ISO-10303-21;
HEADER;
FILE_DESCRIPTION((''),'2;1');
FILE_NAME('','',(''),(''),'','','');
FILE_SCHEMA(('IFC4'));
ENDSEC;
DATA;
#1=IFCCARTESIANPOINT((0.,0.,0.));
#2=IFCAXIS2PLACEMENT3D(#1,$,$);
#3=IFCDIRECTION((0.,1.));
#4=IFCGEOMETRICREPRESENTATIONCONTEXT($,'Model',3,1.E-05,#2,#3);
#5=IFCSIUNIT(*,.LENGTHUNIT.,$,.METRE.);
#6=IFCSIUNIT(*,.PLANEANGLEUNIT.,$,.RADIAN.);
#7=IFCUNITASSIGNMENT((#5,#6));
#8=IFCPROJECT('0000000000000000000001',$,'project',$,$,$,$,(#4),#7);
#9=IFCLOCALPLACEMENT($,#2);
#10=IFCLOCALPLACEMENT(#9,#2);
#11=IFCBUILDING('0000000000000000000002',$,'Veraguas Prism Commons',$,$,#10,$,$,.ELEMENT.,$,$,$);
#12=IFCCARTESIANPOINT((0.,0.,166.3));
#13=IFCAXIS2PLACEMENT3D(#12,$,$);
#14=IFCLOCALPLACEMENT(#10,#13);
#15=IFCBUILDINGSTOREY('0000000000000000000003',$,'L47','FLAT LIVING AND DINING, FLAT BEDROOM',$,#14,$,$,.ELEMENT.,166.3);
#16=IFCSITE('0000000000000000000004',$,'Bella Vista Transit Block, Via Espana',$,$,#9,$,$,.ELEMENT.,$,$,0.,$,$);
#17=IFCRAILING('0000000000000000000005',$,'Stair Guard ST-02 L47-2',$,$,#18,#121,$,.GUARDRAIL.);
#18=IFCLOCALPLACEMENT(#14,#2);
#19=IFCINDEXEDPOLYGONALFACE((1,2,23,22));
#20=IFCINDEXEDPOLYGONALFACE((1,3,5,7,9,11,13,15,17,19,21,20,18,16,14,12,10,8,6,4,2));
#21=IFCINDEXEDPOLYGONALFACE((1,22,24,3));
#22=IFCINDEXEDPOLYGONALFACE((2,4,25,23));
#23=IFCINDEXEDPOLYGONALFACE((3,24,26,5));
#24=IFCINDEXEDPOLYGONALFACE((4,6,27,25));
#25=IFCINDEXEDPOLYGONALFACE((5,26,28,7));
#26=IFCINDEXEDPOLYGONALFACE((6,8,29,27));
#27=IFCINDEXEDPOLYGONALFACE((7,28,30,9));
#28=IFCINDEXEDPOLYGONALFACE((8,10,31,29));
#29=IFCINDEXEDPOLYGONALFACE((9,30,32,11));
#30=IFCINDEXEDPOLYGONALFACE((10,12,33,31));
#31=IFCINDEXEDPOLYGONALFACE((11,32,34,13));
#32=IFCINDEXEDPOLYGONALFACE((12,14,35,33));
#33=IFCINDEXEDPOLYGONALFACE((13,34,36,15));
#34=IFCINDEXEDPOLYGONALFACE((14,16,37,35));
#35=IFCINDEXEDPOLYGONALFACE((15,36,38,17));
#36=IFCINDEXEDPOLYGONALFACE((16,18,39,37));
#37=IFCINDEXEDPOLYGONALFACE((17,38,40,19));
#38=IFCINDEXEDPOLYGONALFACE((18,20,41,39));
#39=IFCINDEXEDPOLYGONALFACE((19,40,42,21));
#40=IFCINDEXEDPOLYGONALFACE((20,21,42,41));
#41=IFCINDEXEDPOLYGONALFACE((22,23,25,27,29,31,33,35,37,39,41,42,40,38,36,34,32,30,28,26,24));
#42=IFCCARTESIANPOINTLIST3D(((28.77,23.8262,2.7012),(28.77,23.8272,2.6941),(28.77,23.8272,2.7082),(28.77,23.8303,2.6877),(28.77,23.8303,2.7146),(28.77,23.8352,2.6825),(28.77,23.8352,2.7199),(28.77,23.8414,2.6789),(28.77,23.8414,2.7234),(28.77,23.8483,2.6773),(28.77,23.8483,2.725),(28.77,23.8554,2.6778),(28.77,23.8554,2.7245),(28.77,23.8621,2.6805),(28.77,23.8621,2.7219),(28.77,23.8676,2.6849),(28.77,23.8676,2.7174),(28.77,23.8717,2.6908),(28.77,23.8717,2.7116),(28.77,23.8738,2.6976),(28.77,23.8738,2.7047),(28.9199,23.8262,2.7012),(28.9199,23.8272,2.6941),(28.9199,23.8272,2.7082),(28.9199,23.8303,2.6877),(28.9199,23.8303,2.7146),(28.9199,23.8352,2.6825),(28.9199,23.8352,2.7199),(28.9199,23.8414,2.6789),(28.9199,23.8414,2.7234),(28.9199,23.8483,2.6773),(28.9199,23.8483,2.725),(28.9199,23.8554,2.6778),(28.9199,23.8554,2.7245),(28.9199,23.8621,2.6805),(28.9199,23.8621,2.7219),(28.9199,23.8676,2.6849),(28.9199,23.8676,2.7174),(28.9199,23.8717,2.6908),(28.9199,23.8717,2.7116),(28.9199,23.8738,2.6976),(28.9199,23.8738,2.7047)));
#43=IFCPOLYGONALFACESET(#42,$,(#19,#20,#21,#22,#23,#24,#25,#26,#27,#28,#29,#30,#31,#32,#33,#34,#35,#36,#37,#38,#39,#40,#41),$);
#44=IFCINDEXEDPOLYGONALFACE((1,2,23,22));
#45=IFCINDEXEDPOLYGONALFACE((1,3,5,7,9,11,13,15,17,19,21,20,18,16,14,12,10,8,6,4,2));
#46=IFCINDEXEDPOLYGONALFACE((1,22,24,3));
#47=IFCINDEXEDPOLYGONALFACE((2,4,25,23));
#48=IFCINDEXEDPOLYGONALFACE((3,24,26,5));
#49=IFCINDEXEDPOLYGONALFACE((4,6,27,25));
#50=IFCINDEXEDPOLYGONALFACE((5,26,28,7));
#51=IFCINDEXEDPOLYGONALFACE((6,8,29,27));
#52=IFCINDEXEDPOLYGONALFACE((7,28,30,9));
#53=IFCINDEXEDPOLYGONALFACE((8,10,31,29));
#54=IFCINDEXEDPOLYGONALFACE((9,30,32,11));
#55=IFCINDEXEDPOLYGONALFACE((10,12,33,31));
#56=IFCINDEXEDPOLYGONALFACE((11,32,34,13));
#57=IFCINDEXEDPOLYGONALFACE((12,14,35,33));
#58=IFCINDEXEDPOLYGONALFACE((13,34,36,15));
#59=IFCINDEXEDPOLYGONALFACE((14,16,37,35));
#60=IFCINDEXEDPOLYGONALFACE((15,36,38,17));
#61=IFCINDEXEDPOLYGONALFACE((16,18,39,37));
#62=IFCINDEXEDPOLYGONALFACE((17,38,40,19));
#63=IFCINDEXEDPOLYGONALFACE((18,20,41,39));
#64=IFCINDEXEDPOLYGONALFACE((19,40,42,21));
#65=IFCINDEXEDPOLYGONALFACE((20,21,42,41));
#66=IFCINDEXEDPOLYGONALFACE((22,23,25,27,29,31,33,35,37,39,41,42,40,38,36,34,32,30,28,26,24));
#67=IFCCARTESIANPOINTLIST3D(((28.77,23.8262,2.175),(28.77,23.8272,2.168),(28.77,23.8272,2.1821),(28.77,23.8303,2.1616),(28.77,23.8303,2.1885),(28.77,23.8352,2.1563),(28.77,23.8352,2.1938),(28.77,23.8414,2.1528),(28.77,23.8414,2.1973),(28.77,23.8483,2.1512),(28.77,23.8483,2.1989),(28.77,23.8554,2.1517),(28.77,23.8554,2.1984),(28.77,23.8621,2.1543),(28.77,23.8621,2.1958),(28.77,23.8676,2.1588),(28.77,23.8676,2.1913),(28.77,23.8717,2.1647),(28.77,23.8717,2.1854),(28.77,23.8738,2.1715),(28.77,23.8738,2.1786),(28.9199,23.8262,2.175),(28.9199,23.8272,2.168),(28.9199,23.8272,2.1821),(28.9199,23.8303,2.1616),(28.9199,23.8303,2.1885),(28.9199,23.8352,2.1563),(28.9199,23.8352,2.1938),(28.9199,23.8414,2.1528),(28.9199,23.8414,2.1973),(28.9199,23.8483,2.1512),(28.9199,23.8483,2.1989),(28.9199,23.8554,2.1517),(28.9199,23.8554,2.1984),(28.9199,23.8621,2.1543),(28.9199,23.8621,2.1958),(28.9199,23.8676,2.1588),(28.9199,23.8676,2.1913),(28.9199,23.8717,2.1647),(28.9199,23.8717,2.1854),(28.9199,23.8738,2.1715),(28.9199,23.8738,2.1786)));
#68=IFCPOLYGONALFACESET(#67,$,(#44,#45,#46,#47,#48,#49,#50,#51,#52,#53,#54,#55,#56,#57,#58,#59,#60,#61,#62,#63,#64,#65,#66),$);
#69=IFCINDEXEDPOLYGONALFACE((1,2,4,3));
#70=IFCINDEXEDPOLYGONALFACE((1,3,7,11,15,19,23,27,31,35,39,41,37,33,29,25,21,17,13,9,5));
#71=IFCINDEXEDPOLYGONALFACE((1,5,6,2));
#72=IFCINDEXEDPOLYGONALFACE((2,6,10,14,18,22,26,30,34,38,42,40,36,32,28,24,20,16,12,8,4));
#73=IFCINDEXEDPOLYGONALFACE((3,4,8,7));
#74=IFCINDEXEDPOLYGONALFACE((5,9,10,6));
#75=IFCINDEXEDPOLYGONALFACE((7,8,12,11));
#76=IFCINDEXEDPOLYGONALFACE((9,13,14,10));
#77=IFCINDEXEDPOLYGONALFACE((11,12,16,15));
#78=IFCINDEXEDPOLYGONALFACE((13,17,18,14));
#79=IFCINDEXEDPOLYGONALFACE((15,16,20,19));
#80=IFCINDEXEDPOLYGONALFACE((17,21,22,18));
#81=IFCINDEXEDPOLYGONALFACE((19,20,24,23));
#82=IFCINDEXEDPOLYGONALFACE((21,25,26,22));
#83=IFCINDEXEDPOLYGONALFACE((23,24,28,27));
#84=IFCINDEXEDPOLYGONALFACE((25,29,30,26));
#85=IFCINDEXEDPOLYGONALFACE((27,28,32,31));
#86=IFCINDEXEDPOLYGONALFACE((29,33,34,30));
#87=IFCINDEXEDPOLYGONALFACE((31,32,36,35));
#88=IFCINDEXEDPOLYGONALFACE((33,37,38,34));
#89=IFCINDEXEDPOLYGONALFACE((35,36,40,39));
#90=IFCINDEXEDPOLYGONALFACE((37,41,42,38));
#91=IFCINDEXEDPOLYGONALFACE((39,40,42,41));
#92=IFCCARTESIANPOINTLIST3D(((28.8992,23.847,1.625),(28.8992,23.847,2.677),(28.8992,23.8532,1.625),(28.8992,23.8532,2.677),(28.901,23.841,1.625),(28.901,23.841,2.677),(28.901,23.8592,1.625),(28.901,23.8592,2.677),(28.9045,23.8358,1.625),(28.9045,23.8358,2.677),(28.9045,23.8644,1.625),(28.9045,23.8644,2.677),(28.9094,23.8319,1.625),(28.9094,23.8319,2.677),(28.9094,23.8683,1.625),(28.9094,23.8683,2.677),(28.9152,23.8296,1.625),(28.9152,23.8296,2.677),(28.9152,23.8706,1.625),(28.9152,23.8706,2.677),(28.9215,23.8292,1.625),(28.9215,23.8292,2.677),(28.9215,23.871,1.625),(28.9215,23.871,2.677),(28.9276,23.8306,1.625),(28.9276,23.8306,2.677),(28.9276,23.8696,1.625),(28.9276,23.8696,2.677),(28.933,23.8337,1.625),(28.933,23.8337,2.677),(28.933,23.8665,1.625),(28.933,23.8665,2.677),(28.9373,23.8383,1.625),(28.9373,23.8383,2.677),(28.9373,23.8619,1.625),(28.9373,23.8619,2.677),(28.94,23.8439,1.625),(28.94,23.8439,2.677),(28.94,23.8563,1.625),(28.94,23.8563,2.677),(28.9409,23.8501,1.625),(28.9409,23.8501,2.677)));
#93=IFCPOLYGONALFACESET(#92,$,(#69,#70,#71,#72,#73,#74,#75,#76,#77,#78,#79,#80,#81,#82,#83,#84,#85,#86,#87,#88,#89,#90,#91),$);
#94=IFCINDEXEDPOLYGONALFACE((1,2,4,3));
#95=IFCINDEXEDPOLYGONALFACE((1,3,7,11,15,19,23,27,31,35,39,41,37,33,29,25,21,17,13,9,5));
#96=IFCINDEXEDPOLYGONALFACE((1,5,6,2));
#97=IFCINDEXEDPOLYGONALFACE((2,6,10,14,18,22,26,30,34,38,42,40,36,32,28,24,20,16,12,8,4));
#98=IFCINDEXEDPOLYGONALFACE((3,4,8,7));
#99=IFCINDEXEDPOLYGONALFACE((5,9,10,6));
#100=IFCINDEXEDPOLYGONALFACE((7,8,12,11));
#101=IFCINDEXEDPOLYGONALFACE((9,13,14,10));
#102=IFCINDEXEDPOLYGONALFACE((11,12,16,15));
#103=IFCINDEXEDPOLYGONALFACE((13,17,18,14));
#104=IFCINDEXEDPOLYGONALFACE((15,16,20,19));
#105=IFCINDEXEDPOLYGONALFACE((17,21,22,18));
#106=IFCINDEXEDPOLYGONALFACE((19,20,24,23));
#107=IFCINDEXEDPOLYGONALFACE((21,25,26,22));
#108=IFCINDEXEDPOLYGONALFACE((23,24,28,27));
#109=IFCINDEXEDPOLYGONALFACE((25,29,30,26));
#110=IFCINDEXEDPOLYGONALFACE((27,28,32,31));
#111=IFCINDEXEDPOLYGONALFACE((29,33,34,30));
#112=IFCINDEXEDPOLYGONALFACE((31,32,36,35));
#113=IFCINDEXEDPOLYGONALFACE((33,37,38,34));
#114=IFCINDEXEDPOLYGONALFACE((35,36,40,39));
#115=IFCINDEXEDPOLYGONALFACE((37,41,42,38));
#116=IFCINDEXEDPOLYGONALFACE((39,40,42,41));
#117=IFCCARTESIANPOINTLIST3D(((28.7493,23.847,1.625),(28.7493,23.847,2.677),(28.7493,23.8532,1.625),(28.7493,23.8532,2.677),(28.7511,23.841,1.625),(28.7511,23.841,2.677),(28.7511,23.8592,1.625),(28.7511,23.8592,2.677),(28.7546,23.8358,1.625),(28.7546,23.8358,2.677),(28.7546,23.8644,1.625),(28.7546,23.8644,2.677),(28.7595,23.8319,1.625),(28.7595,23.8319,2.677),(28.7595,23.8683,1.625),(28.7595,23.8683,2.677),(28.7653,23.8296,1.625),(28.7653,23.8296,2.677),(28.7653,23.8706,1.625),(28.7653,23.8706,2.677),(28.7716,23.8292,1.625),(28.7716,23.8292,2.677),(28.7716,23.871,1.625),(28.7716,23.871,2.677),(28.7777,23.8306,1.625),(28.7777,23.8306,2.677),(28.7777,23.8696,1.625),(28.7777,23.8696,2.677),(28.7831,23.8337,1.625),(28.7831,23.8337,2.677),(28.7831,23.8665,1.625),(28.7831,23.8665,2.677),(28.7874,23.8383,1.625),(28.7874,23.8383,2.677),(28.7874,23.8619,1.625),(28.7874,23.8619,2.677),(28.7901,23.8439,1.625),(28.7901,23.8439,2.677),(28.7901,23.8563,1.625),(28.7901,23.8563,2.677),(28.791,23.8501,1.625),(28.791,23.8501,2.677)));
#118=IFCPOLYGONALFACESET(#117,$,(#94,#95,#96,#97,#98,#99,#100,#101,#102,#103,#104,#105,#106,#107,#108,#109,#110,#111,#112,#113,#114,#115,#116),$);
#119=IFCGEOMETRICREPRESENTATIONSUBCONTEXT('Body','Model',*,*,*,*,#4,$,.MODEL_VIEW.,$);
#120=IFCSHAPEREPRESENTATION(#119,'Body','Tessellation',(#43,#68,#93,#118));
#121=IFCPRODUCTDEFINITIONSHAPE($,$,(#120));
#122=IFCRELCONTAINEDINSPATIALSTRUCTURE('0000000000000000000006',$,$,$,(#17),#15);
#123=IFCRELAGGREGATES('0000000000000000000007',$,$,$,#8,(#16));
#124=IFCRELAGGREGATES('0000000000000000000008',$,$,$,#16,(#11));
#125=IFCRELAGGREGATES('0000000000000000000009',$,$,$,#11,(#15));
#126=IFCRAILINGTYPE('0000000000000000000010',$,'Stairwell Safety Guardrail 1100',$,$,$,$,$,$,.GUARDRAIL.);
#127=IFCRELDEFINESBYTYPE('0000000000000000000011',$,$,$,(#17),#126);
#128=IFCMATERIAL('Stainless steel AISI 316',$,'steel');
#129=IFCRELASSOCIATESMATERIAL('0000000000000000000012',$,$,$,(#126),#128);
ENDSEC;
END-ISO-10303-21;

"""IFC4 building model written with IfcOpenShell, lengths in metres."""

from ifc_helpers import new_model, si_unit, direction, frame, origin, origin_2d, place, context, subcontext, project, spatial, circle, extrude, material, type_object, element, save


model = new_model("IFC4")

# Units and contexts
model_context = context("Model", 3, precision=1e-05, world=origin(), true_north=direction((0.0, 1.0)))
body_context = subcontext(model_context, "Body", "Model", "MODEL_VIEW")
ifc_project = project(units=[si_unit("LENGTHUNIT", "METRE"), si_unit("PLANEANGLEUNIT", "RADIAN")], contexts=[model_context])

# Site, building, storey
site_placement = place(None, origin())
site = spatial("IfcSite", under=ifc_project, at=site_placement, Name="Bella Vista Transit Block, Via Espana", CompositionType="ELEMENT", RefElevation=0.0)
building_placement = place(site_placement, origin())
building = spatial("IfcBuilding", under=site, at=building_placement, Name="Veraguas Prism Commons", CompositionType="ELEMENT")
storey_placement = place(building_placement, frame((0.0, 0.0, 166.3)))
storey = spatial("IfcBuildingStorey", under=building, at=storey_placement, Name="L47", Description="FLAT LIVING AND DINING, FLAT BEDROOM", CompositionType="ELEMENT", Elevation=166.3)

# Shared definitions
ifc_material_1 = material(Name="Stainless steel AISI 316", Category="steel")

# Railing
railing_type_1 = type_object("IfcRailingType", Name="Stairwell Safety Guardrail 1100", PredefinedType="GUARDRAIL", material=ifc_material_1)
railing_1_placement = place(storey_placement, frame((28.9199, 23.8501, 1.625)))
element("IfcRailing", 1, at=railing_1_placement, inside=storey, type_object=railing_type_1, Name="Stair Guard ST-02 L47-2", PredefinedType="GUARDRAIL", context=body_context, shape_type="SweptSolid", body=[
    extrude(circle(Radius=0.0239, at=origin_2d()), frame((0.0, 0.0, 1.0762), z_axis=(-1.0, 0.0, 0.0), x_axis=(0.0, -1.0, 0.0)), (0.0, 0.0, 1.0), 0.1499),
    extrude(circle(Radius=0.0239, at=origin_2d()), frame((0.0, 0.0, 0.55), z_axis=(-1.0, 0.0, 0.0), x_axis=(0.0, -1.0, 0.0)), (0.0, 0.0, 1.0), 0.1499),
    extrude(circle(Radius=0.021, at=origin_2d()), origin(), (0.0, 0.0, 1.0), 1.052),
    extrude(circle(Radius=0.021, at=origin_2d()), frame((-0.1499, 0.0, 0.0)), (0.0, 0.0, 1.0), 1.052),
])

save(model, "model.ifc")
